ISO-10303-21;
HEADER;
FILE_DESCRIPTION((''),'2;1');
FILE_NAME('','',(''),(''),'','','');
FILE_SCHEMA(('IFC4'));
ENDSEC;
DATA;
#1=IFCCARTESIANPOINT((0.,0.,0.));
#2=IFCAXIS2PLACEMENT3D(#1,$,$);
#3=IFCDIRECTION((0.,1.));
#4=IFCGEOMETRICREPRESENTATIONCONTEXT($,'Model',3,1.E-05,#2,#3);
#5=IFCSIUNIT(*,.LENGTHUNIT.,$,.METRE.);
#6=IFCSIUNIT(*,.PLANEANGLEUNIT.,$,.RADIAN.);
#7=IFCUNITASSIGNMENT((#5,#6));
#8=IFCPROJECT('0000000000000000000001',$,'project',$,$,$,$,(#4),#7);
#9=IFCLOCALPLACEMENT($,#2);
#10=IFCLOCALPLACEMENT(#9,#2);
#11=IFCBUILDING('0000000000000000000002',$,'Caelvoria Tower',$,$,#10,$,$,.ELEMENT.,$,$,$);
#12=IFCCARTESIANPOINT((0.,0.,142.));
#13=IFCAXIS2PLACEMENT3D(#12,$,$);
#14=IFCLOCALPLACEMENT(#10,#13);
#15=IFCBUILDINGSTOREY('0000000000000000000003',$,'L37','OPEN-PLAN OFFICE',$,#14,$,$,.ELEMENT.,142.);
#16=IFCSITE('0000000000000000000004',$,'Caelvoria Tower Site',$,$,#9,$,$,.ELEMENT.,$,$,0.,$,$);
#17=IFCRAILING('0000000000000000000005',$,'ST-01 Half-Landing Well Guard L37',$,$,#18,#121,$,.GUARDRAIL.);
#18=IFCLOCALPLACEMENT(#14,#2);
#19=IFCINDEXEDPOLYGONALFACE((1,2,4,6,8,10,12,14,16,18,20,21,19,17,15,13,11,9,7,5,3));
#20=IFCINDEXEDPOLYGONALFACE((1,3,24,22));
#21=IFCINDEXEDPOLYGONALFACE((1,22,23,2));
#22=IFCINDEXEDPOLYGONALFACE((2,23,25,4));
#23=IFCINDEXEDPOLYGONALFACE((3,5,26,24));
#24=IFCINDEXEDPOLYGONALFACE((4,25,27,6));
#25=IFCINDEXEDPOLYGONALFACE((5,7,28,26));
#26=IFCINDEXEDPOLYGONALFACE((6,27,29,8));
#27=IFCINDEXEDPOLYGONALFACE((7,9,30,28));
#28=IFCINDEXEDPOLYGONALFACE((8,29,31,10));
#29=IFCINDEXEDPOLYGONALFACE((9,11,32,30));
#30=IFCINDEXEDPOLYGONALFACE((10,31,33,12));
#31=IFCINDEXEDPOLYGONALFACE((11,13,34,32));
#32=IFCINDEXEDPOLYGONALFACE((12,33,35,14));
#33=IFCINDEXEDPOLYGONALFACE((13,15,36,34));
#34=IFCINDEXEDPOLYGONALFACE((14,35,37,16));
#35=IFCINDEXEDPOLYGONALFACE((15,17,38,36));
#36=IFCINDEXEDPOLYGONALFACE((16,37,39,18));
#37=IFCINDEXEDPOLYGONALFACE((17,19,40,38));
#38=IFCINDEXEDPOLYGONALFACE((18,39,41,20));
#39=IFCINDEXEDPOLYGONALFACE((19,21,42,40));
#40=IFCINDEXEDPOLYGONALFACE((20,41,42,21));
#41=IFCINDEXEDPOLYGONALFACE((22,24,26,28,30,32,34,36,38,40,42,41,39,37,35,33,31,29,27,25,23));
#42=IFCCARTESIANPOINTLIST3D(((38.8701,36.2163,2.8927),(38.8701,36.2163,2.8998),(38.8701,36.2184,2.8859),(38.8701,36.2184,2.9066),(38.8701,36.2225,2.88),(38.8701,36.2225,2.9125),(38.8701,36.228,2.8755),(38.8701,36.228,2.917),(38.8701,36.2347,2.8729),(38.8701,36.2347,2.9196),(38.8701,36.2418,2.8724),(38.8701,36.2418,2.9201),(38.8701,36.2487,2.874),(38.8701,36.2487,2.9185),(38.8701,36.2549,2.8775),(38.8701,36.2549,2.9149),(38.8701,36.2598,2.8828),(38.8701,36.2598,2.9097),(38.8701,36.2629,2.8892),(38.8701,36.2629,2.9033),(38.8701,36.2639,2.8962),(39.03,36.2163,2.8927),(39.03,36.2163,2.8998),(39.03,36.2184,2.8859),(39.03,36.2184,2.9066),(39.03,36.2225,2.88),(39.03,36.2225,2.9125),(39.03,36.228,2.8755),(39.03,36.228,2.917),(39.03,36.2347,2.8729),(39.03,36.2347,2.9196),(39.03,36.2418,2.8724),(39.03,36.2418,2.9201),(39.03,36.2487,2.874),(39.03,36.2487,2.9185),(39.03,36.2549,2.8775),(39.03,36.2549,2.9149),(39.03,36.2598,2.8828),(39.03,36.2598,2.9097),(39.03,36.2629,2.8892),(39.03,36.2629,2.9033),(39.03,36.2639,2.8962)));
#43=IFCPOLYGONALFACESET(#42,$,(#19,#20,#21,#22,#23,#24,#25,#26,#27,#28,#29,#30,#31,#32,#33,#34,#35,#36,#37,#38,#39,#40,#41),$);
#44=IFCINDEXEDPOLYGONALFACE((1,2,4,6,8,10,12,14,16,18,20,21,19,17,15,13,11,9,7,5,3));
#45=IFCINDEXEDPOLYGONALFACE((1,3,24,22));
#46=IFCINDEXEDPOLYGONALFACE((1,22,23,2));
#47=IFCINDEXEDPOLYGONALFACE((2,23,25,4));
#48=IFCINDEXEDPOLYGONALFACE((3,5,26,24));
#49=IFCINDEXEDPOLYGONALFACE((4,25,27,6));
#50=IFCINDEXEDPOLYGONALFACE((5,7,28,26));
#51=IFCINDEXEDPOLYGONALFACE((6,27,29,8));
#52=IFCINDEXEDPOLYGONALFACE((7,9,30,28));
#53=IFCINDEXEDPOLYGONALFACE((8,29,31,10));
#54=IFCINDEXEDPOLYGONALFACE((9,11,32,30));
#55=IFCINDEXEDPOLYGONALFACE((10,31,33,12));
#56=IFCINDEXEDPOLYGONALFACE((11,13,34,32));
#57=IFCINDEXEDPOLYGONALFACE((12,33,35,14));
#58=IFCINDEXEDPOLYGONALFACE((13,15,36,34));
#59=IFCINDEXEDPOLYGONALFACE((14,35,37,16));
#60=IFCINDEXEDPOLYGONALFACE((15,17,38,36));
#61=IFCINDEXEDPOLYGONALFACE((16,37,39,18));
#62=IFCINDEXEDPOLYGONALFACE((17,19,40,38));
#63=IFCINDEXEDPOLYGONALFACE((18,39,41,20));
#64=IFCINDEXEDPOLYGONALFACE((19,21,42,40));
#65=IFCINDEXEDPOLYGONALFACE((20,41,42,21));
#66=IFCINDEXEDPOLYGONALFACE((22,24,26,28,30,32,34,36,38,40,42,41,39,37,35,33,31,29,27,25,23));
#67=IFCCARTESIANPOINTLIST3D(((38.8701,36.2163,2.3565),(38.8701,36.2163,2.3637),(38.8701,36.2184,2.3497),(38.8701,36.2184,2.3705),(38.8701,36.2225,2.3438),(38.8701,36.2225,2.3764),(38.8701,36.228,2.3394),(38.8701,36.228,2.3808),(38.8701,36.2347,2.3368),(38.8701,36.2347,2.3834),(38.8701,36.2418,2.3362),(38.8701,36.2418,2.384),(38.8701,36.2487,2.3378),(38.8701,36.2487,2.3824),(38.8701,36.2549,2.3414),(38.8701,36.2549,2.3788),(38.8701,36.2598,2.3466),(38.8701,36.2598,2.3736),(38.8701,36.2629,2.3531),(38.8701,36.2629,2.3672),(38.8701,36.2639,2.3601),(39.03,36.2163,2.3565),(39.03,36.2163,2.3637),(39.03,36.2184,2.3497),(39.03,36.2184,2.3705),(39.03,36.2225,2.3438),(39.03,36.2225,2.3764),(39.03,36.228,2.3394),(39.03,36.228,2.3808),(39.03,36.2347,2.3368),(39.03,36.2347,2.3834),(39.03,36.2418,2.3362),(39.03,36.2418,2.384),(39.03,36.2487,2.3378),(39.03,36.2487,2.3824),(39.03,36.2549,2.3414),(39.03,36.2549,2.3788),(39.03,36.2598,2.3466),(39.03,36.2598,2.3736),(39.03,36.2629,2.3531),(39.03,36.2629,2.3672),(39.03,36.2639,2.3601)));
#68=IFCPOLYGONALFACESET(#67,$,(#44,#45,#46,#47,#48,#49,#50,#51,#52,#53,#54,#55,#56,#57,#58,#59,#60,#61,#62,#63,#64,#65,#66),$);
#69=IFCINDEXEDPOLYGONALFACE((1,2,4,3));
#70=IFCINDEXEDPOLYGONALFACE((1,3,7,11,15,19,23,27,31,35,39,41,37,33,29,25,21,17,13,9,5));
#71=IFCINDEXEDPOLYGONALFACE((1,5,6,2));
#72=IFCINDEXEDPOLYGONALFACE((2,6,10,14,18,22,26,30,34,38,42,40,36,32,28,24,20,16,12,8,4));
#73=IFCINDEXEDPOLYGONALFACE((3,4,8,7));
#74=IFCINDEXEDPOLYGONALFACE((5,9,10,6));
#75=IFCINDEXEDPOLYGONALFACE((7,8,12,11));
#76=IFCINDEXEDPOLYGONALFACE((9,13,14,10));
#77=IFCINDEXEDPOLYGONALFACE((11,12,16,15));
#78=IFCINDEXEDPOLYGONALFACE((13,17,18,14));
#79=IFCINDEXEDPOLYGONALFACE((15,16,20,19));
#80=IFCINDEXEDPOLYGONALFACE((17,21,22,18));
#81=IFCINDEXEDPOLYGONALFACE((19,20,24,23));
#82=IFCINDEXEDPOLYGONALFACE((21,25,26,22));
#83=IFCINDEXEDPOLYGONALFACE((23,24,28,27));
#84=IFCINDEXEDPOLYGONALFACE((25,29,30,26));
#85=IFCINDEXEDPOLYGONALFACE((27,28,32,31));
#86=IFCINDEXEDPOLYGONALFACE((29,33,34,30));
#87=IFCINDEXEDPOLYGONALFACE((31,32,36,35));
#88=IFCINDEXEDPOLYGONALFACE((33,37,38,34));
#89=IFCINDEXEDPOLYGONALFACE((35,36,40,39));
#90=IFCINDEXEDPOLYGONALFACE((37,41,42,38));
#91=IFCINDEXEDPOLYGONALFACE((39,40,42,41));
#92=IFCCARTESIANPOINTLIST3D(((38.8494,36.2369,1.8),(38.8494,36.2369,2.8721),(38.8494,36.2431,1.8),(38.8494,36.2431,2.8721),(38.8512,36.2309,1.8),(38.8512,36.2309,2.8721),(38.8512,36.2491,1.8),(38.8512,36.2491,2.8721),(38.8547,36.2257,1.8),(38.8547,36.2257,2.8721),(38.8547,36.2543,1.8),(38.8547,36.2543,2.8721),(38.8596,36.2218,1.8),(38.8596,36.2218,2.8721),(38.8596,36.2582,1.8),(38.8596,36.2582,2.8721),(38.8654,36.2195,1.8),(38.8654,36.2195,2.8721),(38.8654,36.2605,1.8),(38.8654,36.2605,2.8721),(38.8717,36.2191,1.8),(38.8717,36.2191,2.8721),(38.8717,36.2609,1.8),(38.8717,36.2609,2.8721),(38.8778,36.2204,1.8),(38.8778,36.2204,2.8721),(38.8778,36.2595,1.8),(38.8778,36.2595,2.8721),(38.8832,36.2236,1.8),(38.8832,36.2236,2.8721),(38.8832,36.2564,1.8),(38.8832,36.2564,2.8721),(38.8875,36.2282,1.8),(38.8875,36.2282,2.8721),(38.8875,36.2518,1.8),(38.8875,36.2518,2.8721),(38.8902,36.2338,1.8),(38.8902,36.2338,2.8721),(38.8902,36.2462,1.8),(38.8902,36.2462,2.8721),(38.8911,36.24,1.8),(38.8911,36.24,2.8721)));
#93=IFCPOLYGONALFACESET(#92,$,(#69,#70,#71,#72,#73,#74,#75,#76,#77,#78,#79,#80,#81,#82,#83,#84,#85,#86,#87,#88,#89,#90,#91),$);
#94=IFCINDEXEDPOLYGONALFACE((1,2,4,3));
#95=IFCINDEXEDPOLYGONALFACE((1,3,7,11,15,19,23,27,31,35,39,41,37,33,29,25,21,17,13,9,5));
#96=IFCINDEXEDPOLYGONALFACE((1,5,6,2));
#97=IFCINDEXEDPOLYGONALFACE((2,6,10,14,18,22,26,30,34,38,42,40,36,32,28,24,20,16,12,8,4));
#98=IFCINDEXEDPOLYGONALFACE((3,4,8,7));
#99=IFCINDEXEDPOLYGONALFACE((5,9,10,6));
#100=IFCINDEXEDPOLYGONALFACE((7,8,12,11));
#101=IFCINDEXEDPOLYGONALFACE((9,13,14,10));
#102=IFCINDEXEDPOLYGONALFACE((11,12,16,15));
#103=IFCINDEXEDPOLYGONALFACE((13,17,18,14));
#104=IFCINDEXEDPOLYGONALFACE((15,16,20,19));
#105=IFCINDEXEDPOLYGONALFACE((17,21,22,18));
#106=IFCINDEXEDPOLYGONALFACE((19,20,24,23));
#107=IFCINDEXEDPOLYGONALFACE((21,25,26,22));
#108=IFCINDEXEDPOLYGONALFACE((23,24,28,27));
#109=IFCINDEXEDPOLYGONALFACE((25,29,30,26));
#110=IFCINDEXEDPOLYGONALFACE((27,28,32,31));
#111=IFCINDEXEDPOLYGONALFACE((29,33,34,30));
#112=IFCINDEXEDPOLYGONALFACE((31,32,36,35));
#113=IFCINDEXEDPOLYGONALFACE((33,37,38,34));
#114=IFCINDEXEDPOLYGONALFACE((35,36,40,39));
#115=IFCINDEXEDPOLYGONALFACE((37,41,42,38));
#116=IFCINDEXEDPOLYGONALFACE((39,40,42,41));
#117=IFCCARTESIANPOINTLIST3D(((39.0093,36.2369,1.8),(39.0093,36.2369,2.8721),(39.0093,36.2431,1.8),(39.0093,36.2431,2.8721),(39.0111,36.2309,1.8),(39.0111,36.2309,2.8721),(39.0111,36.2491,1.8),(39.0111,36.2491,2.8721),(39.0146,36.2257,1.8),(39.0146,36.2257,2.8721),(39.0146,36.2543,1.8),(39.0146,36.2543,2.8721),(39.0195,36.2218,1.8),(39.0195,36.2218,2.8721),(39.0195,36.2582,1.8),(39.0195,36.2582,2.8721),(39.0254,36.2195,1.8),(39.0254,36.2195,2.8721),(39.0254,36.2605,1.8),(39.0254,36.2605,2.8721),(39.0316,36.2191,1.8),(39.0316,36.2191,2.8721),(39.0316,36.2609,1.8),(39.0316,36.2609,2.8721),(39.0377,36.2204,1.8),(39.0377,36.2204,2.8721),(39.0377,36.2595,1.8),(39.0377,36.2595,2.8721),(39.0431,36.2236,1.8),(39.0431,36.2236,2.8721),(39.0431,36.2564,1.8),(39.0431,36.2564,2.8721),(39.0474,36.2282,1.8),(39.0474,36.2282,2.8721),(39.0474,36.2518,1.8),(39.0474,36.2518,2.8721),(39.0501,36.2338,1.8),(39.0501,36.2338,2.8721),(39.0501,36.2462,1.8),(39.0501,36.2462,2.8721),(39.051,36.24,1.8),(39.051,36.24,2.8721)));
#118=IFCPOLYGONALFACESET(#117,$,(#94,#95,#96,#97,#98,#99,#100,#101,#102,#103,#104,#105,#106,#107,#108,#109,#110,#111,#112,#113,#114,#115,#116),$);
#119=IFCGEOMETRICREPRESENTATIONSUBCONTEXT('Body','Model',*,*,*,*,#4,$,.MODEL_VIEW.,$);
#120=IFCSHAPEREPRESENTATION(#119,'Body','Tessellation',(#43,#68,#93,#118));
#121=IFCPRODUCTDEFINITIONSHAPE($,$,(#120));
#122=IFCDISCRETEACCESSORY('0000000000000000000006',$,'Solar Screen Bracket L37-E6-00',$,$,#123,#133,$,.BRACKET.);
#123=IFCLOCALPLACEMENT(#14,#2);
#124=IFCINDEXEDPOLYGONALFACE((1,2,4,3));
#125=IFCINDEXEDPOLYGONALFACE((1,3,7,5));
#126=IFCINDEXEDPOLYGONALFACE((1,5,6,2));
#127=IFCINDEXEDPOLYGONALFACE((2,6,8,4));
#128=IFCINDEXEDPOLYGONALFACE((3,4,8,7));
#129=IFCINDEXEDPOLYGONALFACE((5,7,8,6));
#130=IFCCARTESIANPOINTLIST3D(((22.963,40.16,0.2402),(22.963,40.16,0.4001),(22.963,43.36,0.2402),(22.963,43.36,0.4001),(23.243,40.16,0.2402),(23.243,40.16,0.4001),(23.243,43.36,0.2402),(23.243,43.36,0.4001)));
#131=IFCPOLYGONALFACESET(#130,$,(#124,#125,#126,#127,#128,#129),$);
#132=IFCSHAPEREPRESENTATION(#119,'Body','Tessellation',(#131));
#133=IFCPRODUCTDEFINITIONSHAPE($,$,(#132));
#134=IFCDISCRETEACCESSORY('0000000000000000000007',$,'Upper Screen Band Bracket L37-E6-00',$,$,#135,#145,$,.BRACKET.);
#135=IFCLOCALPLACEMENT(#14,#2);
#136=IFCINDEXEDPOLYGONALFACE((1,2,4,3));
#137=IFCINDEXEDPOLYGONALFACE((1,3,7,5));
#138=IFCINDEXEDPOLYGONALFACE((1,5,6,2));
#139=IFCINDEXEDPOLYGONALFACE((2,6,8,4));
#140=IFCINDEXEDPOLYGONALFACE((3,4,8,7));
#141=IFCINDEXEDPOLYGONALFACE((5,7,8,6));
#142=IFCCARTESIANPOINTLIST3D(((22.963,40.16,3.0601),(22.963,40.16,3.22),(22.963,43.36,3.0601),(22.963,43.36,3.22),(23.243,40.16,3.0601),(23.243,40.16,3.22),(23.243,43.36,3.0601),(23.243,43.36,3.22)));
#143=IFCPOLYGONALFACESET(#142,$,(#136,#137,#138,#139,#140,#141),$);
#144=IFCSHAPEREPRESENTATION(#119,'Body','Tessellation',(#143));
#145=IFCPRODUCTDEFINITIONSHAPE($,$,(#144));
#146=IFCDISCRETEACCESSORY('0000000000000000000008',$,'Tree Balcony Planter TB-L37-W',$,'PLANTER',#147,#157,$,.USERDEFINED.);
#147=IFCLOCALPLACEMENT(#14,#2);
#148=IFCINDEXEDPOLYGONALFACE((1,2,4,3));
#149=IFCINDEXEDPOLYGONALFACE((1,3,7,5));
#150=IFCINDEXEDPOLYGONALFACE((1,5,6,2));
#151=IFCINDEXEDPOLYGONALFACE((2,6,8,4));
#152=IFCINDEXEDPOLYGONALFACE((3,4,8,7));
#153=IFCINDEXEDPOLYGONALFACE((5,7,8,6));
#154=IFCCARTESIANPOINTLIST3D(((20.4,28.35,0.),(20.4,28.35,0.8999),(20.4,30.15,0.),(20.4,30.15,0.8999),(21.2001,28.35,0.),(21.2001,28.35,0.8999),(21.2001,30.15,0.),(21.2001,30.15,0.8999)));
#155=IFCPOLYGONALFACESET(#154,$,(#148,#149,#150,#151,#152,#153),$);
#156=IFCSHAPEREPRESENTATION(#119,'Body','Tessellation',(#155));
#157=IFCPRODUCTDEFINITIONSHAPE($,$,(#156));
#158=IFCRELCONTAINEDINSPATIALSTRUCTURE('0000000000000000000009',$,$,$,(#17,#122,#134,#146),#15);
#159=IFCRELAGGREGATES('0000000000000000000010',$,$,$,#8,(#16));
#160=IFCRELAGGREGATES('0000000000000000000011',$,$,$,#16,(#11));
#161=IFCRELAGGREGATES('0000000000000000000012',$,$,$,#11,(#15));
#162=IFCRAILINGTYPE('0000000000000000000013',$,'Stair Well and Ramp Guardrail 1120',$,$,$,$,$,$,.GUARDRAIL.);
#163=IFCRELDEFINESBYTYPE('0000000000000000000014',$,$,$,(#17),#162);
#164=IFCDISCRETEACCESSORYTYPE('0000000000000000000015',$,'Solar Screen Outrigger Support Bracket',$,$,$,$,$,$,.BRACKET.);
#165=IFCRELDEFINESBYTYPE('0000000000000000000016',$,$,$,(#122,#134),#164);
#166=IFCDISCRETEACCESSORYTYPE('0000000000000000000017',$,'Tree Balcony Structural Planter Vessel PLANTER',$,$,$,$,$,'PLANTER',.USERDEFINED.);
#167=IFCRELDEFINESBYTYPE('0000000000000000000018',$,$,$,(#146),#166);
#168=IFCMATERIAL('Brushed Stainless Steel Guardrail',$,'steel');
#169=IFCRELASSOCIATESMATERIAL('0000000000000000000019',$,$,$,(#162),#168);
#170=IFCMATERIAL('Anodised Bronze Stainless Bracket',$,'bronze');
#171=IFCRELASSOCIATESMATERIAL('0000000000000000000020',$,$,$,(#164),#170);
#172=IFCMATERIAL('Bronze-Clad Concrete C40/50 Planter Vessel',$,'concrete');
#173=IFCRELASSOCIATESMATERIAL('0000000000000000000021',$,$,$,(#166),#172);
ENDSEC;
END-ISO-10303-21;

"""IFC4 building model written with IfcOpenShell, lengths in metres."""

from ifc_helpers import new_model, si_unit, direction, frame, origin, origin_2d, place, context, subcontext, project, spatial, rectangle, circle, extrude, material, type_object, element, save


model = new_model("IFC4")

# Units and contexts
model_context = context("Model", 3, precision=1e-05, world=origin(), true_north=direction((0.0, 1.0)))
body_context = subcontext(model_context, "Body", "Model", "MODEL_VIEW")
ifc_project = project(units=[si_unit("LENGTHUNIT", "METRE"), si_unit("PLANEANGLEUNIT", "RADIAN")], contexts=[model_context])

# Site, building, storey
site_placement = place(None, origin())
site = spatial("IfcSite", under=ifc_project, at=site_placement, Name="Caelvoria Tower Site", CompositionType="ELEMENT", RefElevation=0.0)
building_placement = place(site_placement, origin())
building = spatial("IfcBuilding", under=site, at=building_placement, Name="Caelvoria Tower", CompositionType="ELEMENT")
storey_placement = place(building_placement, frame((0.0, 0.0, 142.0)))
storey = spatial("IfcBuildingStorey", under=building, at=storey_placement, Name="L37", Description="OPEN-PLAN OFFICE", CompositionType="ELEMENT", Elevation=142.0)

# Railing
ifc_material_1 = material(Name="Brushed Stainless Steel Guardrail", Category="steel")
railing_type_1 = type_object("IfcRailingType", Name="Stair Well and Ramp Guardrail 1120", PredefinedType="GUARDRAIL", material=ifc_material_1)
railing_1_placement = place(storey_placement, frame((38.8701, 36.24, 1.8)))
element("IfcRailing", 1, at=railing_1_placement, inside=storey, type_object=railing_type_1, Name="ST-01 Half-Landing Well Guard L37", PredefinedType="GUARDRAIL", context=body_context, shape_type="SweptSolid", body=[
    extrude(circle(Radius=0.0239, at=origin_2d()), frame((0.0, 0.0, 1.0962), z_axis=(1.0, 0.0, 0.0), x_axis=(0.0, 1.0, 0.0)), (0.0, 0.0, 1.0), 0.1599),
    extrude(circle(Radius=0.0239, at=origin_2d()), frame((0.0, 0.0, 0.5601), z_axis=(1.0, 0.0, 0.0), x_axis=(0.0, 1.0, 0.0)), (0.0, 0.0, 1.0), 0.1599),
    extrude(circle(Radius=0.021, at=origin_2d()), origin(), (0.0, 0.0, 1.0), 1.072),
    extrude(circle(Radius=0.021, at=origin_2d()), frame((0.1599, 0.0, 0.0)), (0.0, 0.0, 1.0), 1.072),
])

# Discrete accessories
ifc_material_2 = material(Name="Anodised Bronze Stainless Bracket", Category="bronze")
discrete_accessory_type_1 = type_object("IfcDiscreteAccessoryType", Name="Solar Screen Outrigger Support Bracket", PredefinedType="BRACKET", material=ifc_material_2)
for number, where, z_axis, x_axis, name in (
    (2, (23.103, 41.76, 0.2402), (0.0, 0.0, 1.0), (0.0, -1.0, 0.0), "Solar Screen Bracket L37-E6-00"),
    (3, (23.103, 41.76, 3.0601), (0.0, 0.0, 1.0), (0.0, -1.0, 0.0), "Upper Screen Band Bracket L37-E6-00"),
):
    element("IfcDiscreteAccessory", number, at=place(storey_placement, frame(where, z_axis=z_axis, x_axis=x_axis)), inside=storey, type_object=discrete_accessory_type_1, Name=name, PredefinedType="BRACKET", context=body_context, shape_type="SweptSolid", body=[
        extrude(rectangle(XDim=3.2, YDim=0.28, at=origin_2d()), origin(), (0.0, 0.0, 1.0), 0.1599),
    ])
ifc_material_3 = material(Name="Bronze-Clad Concrete C40/50 Planter Vessel", Category="concrete")
discrete_accessory_type_2 = type_object("IfcDiscreteAccessoryType", Name="Tree Balcony Structural Planter Vessel PLANTER", ElementType="PLANTER", PredefinedType="USERDEFINED", material=ifc_material_3)
discrete_accessory_placement = place(storey_placement, frame((20.8, 29.25, 0.0), z_axis=(0.0, 0.0, 1.0), x_axis=(0.0, 1.0, 0.0)))
element("IfcDiscreteAccessory", 4, at=discrete_accessory_placement, inside=storey, type_object=discrete_accessory_type_2, Name="Tree Balcony Planter TB-L37-W", ObjectType="PLANTER", PredefinedType="USERDEFINED", context=body_context, shape_type="SweptSolid", body=[
    extrude(rectangle(XDim=1.8, YDim=0.8, at=origin_2d()), origin(), (0.0, 0.0, 1.0), 0.8999),
])

save(model, "model.ifc")
